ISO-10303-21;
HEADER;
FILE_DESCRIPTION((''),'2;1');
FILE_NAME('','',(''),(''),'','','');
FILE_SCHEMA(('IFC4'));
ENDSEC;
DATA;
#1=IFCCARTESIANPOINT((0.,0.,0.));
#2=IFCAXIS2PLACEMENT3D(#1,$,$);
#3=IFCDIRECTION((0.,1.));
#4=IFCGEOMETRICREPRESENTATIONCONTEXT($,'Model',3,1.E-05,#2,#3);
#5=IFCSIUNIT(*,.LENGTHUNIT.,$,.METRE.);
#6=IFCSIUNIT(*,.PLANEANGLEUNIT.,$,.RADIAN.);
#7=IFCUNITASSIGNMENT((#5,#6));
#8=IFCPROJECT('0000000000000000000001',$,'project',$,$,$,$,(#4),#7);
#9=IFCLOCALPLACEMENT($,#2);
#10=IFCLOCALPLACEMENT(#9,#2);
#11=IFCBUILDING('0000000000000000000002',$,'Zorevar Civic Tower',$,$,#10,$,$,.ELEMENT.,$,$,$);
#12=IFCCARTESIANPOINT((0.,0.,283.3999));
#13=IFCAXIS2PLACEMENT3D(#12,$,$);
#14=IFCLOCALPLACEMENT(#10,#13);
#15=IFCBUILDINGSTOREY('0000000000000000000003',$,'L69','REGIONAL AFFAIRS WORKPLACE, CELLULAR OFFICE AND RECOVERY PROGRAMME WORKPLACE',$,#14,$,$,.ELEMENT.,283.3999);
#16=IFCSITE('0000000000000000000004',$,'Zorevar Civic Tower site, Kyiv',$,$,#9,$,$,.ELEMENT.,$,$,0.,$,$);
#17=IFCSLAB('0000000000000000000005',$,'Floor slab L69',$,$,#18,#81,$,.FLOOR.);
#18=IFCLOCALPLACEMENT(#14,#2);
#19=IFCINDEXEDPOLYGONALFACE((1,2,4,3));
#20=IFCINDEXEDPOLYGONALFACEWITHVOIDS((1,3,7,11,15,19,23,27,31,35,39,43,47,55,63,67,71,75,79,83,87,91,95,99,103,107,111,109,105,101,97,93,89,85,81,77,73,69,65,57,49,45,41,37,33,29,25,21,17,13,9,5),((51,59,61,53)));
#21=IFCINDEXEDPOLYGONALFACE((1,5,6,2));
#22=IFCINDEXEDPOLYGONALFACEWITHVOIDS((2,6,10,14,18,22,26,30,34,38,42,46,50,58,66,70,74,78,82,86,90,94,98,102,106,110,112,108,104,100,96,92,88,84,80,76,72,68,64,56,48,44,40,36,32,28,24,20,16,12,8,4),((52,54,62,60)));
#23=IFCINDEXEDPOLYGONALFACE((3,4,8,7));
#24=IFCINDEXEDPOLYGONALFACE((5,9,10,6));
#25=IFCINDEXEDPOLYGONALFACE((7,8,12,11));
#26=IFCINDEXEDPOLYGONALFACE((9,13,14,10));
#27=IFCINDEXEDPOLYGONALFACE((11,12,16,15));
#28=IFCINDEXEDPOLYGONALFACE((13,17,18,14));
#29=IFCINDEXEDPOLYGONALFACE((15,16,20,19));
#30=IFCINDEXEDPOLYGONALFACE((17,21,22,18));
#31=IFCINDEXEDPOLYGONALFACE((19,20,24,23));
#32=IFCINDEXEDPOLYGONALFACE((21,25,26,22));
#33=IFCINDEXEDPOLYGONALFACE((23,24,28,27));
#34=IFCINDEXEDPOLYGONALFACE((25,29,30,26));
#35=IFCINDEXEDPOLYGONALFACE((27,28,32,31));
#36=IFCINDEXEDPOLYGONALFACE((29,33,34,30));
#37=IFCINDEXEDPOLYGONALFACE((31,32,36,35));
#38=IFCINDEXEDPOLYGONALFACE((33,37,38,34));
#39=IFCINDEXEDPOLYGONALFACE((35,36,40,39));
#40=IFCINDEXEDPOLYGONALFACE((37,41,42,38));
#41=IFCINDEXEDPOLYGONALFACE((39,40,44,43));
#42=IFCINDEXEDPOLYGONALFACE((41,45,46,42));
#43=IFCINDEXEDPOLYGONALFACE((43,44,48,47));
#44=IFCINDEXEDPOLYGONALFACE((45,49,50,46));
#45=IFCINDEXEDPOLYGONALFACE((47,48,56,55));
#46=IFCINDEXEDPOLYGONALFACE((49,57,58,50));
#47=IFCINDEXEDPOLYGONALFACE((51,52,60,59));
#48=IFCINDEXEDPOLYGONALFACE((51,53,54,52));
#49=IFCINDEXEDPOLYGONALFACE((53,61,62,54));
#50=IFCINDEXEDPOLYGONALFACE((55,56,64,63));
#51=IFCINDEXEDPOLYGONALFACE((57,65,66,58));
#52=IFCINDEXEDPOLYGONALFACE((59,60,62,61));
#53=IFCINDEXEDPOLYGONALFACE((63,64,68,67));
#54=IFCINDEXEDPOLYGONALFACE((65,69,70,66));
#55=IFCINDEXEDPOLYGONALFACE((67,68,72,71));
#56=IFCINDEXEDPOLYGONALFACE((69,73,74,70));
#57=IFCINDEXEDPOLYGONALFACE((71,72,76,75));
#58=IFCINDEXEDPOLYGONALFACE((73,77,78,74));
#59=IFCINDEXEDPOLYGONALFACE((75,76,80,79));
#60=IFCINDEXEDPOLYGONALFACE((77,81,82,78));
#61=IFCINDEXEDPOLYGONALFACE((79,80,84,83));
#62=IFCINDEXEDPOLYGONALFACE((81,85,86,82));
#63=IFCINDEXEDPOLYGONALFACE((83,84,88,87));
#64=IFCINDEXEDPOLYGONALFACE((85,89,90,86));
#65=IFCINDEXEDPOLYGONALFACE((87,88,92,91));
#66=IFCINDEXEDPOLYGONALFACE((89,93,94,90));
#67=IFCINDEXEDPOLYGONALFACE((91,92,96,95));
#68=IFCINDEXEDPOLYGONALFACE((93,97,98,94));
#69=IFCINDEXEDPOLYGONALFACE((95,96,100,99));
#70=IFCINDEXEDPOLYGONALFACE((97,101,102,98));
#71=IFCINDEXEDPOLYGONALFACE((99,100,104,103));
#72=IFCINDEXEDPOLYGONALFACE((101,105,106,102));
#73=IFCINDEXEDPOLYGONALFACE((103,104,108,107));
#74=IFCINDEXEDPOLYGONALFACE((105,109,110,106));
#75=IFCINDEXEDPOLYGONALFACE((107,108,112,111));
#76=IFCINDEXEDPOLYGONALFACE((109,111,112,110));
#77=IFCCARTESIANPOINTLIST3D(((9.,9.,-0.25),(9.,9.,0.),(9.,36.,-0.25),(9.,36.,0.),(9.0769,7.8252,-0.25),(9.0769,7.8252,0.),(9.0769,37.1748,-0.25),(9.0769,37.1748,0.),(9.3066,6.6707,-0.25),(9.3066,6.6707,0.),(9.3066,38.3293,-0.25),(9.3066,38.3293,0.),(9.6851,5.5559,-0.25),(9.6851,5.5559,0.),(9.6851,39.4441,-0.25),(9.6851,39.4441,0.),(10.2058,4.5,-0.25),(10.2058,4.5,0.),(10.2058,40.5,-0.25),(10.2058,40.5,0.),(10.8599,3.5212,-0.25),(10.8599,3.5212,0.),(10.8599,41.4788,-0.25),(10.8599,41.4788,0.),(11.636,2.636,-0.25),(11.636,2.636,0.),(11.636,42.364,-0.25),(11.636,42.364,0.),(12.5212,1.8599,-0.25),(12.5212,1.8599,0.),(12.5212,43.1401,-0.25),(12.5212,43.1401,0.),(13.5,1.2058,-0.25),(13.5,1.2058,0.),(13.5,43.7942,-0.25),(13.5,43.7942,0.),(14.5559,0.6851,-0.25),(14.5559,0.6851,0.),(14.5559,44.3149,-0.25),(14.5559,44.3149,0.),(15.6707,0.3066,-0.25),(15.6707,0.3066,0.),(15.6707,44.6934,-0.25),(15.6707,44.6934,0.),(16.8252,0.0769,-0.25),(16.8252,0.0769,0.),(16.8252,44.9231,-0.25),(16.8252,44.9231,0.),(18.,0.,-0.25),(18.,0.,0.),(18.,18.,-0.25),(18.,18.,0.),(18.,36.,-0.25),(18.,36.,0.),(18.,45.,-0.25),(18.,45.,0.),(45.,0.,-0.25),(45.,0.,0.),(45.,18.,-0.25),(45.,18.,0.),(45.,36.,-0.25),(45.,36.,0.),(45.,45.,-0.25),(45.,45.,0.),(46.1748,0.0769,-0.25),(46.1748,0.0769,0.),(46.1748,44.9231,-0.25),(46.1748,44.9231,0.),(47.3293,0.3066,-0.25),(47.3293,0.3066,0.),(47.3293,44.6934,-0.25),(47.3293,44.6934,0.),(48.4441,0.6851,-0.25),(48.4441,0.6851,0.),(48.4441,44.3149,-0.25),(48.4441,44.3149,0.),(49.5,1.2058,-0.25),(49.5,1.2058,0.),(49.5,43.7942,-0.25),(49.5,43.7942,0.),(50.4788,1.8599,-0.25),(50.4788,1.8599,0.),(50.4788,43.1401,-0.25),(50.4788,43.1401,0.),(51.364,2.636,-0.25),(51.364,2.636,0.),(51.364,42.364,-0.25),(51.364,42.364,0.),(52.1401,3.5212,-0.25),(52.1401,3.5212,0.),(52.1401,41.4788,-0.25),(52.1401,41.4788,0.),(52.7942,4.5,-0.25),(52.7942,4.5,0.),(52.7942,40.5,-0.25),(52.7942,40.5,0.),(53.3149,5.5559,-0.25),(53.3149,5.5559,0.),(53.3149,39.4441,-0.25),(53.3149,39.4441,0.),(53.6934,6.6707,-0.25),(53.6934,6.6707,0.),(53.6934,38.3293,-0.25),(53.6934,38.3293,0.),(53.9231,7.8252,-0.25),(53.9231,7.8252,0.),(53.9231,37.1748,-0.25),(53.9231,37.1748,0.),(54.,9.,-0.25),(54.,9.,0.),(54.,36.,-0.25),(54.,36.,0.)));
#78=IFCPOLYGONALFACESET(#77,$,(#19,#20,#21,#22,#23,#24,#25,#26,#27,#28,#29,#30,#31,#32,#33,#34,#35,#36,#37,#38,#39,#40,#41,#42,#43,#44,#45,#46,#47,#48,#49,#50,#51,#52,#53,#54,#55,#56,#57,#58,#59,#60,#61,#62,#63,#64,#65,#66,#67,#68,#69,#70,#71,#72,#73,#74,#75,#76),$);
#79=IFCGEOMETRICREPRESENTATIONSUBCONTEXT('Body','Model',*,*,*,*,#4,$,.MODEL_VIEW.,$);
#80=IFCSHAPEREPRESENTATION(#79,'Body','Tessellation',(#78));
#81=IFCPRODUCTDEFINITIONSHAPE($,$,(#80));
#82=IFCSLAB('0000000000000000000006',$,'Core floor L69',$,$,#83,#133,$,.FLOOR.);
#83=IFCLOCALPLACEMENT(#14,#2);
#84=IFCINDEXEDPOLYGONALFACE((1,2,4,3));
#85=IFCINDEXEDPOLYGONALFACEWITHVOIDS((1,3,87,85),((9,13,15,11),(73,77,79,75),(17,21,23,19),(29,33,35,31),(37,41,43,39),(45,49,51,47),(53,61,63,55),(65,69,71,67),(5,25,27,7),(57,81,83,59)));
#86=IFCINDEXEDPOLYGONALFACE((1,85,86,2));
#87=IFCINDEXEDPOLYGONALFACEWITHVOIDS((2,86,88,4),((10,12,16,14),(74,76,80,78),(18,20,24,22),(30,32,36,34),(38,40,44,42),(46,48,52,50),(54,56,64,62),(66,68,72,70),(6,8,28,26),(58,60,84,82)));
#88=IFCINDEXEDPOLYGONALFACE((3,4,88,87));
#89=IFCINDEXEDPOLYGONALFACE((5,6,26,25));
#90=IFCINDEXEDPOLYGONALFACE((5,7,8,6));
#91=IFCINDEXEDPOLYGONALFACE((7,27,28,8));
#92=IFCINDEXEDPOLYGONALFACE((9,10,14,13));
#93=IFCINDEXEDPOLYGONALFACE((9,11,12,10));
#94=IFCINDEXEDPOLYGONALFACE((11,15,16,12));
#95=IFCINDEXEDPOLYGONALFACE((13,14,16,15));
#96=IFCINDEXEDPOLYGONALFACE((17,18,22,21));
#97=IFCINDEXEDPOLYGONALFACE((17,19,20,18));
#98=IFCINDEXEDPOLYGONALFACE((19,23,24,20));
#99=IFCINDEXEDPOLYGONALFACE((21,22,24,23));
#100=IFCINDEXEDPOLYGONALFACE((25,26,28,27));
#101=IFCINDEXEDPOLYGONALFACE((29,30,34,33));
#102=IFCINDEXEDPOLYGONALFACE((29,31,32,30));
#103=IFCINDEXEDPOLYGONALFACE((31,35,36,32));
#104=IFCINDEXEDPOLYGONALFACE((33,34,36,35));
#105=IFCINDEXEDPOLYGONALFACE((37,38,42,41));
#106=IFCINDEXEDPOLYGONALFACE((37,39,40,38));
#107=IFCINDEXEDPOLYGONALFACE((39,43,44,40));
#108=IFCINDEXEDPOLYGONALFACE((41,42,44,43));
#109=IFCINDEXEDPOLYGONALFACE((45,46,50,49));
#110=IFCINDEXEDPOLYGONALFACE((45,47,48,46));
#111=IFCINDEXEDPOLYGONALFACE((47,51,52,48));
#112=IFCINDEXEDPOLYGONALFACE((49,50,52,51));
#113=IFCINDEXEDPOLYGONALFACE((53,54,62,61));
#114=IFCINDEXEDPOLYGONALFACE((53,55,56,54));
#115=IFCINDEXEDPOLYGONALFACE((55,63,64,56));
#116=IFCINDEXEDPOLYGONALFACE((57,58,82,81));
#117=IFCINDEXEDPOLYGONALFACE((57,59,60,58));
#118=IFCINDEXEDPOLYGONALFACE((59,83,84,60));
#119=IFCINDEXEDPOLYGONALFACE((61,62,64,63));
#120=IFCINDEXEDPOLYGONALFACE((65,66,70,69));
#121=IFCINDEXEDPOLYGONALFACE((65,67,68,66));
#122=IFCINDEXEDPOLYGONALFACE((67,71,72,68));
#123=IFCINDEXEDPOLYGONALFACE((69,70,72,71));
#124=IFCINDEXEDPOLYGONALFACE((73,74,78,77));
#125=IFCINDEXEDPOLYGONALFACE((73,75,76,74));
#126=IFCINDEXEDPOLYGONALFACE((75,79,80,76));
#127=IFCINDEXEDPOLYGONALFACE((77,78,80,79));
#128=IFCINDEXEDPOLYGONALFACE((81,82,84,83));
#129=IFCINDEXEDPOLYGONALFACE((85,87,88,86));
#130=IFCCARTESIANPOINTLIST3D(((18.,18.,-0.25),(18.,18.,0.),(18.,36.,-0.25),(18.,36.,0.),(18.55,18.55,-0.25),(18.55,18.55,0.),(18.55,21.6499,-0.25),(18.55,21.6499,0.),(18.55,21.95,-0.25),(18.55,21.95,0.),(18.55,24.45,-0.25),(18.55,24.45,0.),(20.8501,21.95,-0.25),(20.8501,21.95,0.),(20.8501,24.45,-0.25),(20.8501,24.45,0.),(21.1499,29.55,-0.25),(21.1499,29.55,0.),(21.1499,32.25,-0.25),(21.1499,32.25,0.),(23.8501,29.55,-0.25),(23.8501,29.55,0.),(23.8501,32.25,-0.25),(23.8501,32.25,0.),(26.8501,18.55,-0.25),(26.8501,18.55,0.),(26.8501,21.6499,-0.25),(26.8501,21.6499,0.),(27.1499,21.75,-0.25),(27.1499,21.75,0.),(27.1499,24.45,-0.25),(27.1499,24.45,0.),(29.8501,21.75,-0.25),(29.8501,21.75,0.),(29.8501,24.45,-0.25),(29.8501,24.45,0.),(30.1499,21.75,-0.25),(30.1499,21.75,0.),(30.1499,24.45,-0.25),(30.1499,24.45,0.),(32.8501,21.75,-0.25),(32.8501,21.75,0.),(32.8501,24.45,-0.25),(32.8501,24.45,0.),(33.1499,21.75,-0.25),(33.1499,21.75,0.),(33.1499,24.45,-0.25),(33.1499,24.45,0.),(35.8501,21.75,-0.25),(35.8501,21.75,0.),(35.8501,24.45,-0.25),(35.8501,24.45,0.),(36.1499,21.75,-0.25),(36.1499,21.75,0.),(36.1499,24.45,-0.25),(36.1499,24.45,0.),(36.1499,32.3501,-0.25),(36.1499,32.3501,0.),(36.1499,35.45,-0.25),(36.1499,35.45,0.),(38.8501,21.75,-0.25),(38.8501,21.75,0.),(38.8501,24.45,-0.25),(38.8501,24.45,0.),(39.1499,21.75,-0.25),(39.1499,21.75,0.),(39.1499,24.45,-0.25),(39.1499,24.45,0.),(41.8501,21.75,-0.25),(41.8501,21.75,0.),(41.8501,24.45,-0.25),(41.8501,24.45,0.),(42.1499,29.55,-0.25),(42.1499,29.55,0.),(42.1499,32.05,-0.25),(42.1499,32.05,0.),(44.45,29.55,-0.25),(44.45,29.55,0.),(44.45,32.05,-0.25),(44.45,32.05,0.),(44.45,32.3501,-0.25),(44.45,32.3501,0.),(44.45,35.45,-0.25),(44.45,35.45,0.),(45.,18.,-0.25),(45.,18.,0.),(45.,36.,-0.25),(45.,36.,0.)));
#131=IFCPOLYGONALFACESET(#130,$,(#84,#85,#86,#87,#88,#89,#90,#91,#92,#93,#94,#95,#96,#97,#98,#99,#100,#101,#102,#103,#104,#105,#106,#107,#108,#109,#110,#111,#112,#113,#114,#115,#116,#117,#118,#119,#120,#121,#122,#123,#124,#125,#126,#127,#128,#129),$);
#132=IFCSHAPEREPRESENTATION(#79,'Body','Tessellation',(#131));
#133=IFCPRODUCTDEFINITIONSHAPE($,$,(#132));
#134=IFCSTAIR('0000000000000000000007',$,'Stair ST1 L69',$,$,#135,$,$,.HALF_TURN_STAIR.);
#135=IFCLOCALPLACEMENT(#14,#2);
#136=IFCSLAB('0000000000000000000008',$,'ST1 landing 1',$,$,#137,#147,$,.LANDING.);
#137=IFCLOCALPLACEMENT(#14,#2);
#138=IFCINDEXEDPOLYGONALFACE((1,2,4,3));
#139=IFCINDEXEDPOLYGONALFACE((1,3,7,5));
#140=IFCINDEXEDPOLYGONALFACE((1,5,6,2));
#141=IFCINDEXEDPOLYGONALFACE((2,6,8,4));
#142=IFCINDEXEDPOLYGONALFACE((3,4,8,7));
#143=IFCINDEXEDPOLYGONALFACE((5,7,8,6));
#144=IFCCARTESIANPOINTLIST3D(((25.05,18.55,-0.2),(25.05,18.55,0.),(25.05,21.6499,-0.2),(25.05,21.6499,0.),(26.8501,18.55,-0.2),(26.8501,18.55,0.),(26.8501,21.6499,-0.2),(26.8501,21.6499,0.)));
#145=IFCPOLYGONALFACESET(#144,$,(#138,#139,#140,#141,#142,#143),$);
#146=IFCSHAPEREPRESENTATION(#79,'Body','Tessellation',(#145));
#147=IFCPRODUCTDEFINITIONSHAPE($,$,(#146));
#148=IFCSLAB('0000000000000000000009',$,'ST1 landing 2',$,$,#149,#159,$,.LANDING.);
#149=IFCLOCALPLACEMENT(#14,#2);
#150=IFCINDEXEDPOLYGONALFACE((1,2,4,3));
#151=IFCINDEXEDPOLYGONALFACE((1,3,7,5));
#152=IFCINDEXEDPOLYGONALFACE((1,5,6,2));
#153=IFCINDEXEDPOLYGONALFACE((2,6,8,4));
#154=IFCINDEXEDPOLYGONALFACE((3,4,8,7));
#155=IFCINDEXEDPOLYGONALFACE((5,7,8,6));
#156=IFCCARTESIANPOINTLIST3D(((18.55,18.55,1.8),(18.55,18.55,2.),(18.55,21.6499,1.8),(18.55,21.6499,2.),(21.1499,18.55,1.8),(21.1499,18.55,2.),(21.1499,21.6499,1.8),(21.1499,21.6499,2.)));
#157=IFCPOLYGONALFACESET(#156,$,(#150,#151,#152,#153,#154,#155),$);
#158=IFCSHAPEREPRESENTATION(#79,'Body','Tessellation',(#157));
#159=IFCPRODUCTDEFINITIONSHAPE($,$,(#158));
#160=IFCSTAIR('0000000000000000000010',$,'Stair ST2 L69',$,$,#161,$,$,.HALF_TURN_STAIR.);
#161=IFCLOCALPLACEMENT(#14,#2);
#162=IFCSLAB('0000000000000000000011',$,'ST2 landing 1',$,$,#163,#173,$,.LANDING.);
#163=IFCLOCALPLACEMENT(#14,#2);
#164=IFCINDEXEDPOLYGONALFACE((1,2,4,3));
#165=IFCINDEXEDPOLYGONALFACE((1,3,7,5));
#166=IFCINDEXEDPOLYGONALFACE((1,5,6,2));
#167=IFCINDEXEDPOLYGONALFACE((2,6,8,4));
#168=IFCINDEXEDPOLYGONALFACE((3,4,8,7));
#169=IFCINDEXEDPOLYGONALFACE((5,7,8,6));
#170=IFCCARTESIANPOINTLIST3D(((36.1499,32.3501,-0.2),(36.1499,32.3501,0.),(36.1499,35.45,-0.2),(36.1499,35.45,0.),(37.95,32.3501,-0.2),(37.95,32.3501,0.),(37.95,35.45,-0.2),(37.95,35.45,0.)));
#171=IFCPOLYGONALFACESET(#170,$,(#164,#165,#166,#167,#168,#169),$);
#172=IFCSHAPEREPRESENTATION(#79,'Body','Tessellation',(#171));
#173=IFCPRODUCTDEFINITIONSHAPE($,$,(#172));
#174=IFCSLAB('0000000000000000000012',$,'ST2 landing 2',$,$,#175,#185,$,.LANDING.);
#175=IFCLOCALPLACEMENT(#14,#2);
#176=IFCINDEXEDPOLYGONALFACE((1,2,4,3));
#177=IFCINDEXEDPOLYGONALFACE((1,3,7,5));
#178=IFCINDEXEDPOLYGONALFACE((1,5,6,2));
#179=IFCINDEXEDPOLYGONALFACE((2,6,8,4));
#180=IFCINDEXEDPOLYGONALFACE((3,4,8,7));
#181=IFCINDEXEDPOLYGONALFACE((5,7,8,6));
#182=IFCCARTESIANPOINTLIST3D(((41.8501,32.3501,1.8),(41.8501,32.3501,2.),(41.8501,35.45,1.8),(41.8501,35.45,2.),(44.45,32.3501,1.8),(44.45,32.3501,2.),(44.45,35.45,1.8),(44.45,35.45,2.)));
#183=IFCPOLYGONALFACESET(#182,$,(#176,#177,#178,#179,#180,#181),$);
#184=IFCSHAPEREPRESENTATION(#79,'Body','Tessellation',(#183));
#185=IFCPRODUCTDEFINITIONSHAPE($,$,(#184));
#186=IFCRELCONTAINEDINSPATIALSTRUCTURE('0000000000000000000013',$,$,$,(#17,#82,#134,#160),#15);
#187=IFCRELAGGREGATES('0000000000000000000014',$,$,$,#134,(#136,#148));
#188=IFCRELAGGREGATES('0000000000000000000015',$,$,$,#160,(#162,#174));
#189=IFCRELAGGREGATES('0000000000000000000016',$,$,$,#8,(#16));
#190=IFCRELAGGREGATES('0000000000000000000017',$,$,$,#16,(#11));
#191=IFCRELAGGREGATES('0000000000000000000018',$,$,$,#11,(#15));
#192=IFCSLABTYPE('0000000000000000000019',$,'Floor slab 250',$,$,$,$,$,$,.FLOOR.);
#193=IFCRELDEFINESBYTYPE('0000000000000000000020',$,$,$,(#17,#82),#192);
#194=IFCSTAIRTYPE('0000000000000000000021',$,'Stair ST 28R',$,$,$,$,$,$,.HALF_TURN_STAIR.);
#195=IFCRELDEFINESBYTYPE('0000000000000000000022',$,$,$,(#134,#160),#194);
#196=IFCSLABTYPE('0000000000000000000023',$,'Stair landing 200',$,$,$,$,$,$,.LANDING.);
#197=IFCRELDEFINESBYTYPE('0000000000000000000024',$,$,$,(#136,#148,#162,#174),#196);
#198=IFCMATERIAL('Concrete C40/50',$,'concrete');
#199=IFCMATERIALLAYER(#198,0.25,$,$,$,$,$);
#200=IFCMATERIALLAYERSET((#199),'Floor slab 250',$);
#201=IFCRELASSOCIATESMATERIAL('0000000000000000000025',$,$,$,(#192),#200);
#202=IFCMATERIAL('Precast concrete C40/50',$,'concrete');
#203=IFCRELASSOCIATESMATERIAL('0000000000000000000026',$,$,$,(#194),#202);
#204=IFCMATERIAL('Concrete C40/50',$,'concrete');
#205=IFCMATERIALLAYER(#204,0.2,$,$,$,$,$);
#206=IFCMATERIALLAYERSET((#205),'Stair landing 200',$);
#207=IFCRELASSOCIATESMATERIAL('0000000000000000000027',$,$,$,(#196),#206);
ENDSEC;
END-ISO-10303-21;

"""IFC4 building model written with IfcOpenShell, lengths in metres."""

from ifc_helpers import new_model, si_unit, direction, frame, origin, place, context, subcontext, project, spatial, polyline, outline, extrude, material, layer, layer_set, type_object, element, aggregate, save


model = new_model("IFC4")

# Units and contexts
model_context = context("Model", 3, precision=1e-05, world=origin(), true_north=direction((0.0, 1.0)))
body_context = subcontext(model_context, "Body", "Model", "MODEL_VIEW")
ifc_project = project(units=[si_unit("LENGTHUNIT", "METRE"), si_unit("PLANEANGLEUNIT", "RADIAN")], contexts=[model_context])

# Site, building, storey
site_placement = place(None, origin())
site = spatial("IfcSite", under=ifc_project, at=site_placement, Name="Zorevar Civic Tower site, Kyiv", CompositionType="ELEMENT", RefElevation=0.0)
building_placement = place(site_placement, origin())
building = spatial("IfcBuilding", under=site, at=building_placement, Name="Zorevar Civic Tower", CompositionType="ELEMENT")
storey_placement = place(building_placement, frame((0.0, 0.0, 283.3999)))
storey = spatial("IfcBuildingStorey", under=building, at=storey_placement, Name="L69", Description="REGIONAL AFFAIRS WORKPLACE, CELLULAR OFFICE AND RECOVERY PROGRAMME WORKPLACE", CompositionType="ELEMENT", Elevation=283.3999)

# Slabs
ifc_material_1 = material(Name="Concrete C40/50", Category="concrete")
ifc_layer_1 = layer(ifc_material_1, 0.25)
ifc_layer_set_1 = layer_set([ifc_layer_1], Name="Floor slab 250")
slab_type_1 = type_object("IfcSlabType", Name="Floor slab 250", PredefinedType="FLOOR", material=ifc_layer_set_1)
slab_1_placement = place(storey_placement, frame((0.0, 0.0, -0.25)))
element("IfcSlab", 1, at=slab_1_placement, inside=storey, type_object=slab_type_1, Name="Floor slab L69", PredefinedType="FLOOR", context=body_context, shape_type="SweptSolid", body=[
    extrude(outline(polyline([(45.0, 0.0), (46.1748, 0.0769), (47.3293, 0.3066), (48.4441, 0.6851), (49.5, 1.2058), (50.4788, 1.8599), (51.364, 2.636), (52.1401, 3.5212), (52.7942, 4.5), (53.3149, 5.5559), (53.6934, 6.6707), (53.9231, 7.8252), (54.0, 9.0), (54.0, 36.0), (53.9231, 37.1748), (53.6934, 38.3293), (53.3149, 39.4441), (52.7942, 40.5), (52.1401, 41.4788), (51.364, 42.364), (50.4788, 43.1401), (49.5, 43.7942), (48.4441, 44.3149), (47.3293, 44.6934), (46.1748, 44.9231), (45.0, 45.0), (18.0, 45.0), (16.8252, 44.9231), (15.6707, 44.6934), (14.5559, 44.3149), (13.5, 43.7942), (12.5212, 43.1401), (11.636, 42.364), (10.8599, 41.4788), (10.2058, 40.5), (9.6851, 39.4441), (9.3066, 38.3293), (9.0769, 37.1748), (9.0, 36.0), (9.0, 9.0), (9.0769, 7.8252), (9.3066, 6.6707), (9.6851, 5.5559), (10.2058, 4.5), (10.8599, 3.5212), (11.636, 2.636), (12.5212, 1.8599), (13.5, 1.2058), (14.5559, 0.6851), (15.6707, 0.3066), (16.8252, 0.0769), (18.0, 0.0), (45.0, 0.0)]), holes=[polyline([(18.0, 18.0), (45.0, 18.0), (45.0, 36.0), (18.0, 36.0), (18.0, 18.0)])]), origin(), (0.0, 0.0, 1.0), 0.25),
])
slab_2_placement = place(storey_placement, frame((0.0, 0.0, -0.25)))
element("IfcSlab", 2, at=slab_2_placement, inside=storey, type_object=slab_type_1, Name="Core floor L69", PredefinedType="FLOOR", context=body_context, shape_type="SweptSolid", body=[
    extrude(outline(polyline([(18.0, 18.0), (45.0, 18.0), (45.0, 36.0), (18.0, 36.0), (18.0, 18.0)]), holes=[polyline([(18.55, 18.55), (26.8501, 18.55), (26.8501, 21.6499), (18.55, 21.6499), (18.55, 18.55)]), polyline([(36.1499, 32.3501), (44.45, 32.3501), (44.45, 35.45), (36.1499, 35.45), (36.1499, 32.3501)]), polyline([(18.55, 21.95), (20.8501, 21.95), (20.8501, 24.45), (18.55, 24.45), (18.55, 21.95)]), polyline([(42.1499, 29.55), (44.45, 29.55), (44.45, 32.05), (42.1499, 32.05), (42.1499, 29.55)]), polyline([(27.1499, 21.75), (29.8501, 21.75), (29.8501, 24.45), (27.1499, 24.45), (27.1499, 21.75)]), polyline([(30.1499, 21.75), (32.8501, 21.75), (32.8501, 24.45), (30.1499, 24.45), (30.1499, 21.75)]), polyline([(33.1499, 21.75), (35.8501, 21.75), (35.8501, 24.45), (33.1499, 24.45), (33.1499, 21.75)]), polyline([(36.1499, 21.75), (38.8501, 21.75), (38.8501, 24.45), (36.1499, 24.45), (36.1499, 21.75)]), polyline([(39.1499, 21.75), (41.8501, 21.75), (41.8501, 24.45), (39.1499, 24.45), (39.1499, 21.75)]), polyline([(21.1499, 29.55), (23.8501, 29.55), (23.8501, 32.25), (21.1499, 32.25), (21.1499, 29.55)])]), origin(), (0.0, 0.0, 1.0), 0.25),
])

# Stairs, slabs
ifc_material_2 = material(Name="Precast concrete C40/50", Category="concrete")
stair_type = type_object("IfcStairType", Name="Stair ST 28R", PredefinedType="HALF_TURN_STAIR", material=ifc_material_2)
stair_1_placement = place(storey_placement, origin())
stair_1 = element("IfcStair", 3, at=stair_1_placement, inside=storey, type_object=stair_type, Name="Stair ST1 L69", PredefinedType="HALF_TURN_STAIR")
ifc_material_3 = material(Name="Concrete C40/50", Category="concrete")
ifc_layer_2 = layer(ifc_material_3, 0.2)
ifc_layer_set_2 = layer_set([ifc_layer_2], Name="Stair landing 200")
slab_type_2 = type_object("IfcSlabType", Name="Stair landing 200", PredefinedType="LANDING", material=ifc_layer_set_2)
slab_3_placement = place(storey_placement, frame((0.0, 0.0, -0.2)))
slab_3 = element("IfcSlab", 4, at=slab_3_placement, type_object=slab_type_2, Name="ST1 landing 1", PredefinedType="LANDING", context=body_context, shape_type="SweptSolid", body=[
    extrude(outline(polyline([(25.05, 18.55), (26.8501, 18.55), (26.8501, 21.6499), (25.05, 21.6499), (25.05, 18.55)])), origin(), (0.0, 0.0, 1.0), 0.2),
])
slab_4_placement = place(storey_placement, frame((0.0, 0.0, 1.8)))
slab_4 = element("IfcSlab", 5, at=slab_4_placement, type_object=slab_type_2, Name="ST1 landing 2", PredefinedType="LANDING", context=body_context, shape_type="SweptSolid", body=[
    extrude(outline(polyline([(18.55, 18.55), (21.1499, 18.55), (21.1499, 21.6499), (18.55, 21.6499), (18.55, 18.55)])), origin(), (0.0, 0.0, 1.0), 0.2),
])
aggregate(stair_1, [slab_3, slab_4])
stair_2_placement = place(storey_placement, origin())
stair_2 = element("IfcStair", 6, at=stair_2_placement, inside=storey, type_object=stair_type, Name="Stair ST2 L69", PredefinedType="HALF_TURN_STAIR")
slab_5_placement = place(storey_placement, frame((0.0, 0.0, -0.2)))
slab_5 = element("IfcSlab", 7, at=slab_5_placement, type_object=slab_type_2, Name="ST2 landing 1", PredefinedType="LANDING", context=body_context, shape_type="SweptSolid", body=[
    extrude(outline(polyline([(37.95, 32.3501), (36.1499, 32.3501), (36.1499, 35.45), (37.95, 35.45), (37.95, 32.3501)])), origin(), (0.0, 0.0, 1.0), 0.2),
])
slab_6_placement = place(storey_placement, frame((0.0, 0.0, 1.8)))
slab_6 = element("IfcSlab", 8, at=slab_6_placement, type_object=slab_type_2, Name="ST2 landing 2", PredefinedType="LANDING", context=body_context, shape_type="SweptSolid", body=[
    extrude(outline(polyline([(44.45, 32.3501), (41.8501, 32.3501), (41.8501, 35.45), (44.45, 35.45), (44.45, 32.3501)])), origin(), (0.0, 0.0, 1.0), 0.2),
])
aggregate(stair_2, [slab_5, slab_6])

save(model, "model.ifc")
